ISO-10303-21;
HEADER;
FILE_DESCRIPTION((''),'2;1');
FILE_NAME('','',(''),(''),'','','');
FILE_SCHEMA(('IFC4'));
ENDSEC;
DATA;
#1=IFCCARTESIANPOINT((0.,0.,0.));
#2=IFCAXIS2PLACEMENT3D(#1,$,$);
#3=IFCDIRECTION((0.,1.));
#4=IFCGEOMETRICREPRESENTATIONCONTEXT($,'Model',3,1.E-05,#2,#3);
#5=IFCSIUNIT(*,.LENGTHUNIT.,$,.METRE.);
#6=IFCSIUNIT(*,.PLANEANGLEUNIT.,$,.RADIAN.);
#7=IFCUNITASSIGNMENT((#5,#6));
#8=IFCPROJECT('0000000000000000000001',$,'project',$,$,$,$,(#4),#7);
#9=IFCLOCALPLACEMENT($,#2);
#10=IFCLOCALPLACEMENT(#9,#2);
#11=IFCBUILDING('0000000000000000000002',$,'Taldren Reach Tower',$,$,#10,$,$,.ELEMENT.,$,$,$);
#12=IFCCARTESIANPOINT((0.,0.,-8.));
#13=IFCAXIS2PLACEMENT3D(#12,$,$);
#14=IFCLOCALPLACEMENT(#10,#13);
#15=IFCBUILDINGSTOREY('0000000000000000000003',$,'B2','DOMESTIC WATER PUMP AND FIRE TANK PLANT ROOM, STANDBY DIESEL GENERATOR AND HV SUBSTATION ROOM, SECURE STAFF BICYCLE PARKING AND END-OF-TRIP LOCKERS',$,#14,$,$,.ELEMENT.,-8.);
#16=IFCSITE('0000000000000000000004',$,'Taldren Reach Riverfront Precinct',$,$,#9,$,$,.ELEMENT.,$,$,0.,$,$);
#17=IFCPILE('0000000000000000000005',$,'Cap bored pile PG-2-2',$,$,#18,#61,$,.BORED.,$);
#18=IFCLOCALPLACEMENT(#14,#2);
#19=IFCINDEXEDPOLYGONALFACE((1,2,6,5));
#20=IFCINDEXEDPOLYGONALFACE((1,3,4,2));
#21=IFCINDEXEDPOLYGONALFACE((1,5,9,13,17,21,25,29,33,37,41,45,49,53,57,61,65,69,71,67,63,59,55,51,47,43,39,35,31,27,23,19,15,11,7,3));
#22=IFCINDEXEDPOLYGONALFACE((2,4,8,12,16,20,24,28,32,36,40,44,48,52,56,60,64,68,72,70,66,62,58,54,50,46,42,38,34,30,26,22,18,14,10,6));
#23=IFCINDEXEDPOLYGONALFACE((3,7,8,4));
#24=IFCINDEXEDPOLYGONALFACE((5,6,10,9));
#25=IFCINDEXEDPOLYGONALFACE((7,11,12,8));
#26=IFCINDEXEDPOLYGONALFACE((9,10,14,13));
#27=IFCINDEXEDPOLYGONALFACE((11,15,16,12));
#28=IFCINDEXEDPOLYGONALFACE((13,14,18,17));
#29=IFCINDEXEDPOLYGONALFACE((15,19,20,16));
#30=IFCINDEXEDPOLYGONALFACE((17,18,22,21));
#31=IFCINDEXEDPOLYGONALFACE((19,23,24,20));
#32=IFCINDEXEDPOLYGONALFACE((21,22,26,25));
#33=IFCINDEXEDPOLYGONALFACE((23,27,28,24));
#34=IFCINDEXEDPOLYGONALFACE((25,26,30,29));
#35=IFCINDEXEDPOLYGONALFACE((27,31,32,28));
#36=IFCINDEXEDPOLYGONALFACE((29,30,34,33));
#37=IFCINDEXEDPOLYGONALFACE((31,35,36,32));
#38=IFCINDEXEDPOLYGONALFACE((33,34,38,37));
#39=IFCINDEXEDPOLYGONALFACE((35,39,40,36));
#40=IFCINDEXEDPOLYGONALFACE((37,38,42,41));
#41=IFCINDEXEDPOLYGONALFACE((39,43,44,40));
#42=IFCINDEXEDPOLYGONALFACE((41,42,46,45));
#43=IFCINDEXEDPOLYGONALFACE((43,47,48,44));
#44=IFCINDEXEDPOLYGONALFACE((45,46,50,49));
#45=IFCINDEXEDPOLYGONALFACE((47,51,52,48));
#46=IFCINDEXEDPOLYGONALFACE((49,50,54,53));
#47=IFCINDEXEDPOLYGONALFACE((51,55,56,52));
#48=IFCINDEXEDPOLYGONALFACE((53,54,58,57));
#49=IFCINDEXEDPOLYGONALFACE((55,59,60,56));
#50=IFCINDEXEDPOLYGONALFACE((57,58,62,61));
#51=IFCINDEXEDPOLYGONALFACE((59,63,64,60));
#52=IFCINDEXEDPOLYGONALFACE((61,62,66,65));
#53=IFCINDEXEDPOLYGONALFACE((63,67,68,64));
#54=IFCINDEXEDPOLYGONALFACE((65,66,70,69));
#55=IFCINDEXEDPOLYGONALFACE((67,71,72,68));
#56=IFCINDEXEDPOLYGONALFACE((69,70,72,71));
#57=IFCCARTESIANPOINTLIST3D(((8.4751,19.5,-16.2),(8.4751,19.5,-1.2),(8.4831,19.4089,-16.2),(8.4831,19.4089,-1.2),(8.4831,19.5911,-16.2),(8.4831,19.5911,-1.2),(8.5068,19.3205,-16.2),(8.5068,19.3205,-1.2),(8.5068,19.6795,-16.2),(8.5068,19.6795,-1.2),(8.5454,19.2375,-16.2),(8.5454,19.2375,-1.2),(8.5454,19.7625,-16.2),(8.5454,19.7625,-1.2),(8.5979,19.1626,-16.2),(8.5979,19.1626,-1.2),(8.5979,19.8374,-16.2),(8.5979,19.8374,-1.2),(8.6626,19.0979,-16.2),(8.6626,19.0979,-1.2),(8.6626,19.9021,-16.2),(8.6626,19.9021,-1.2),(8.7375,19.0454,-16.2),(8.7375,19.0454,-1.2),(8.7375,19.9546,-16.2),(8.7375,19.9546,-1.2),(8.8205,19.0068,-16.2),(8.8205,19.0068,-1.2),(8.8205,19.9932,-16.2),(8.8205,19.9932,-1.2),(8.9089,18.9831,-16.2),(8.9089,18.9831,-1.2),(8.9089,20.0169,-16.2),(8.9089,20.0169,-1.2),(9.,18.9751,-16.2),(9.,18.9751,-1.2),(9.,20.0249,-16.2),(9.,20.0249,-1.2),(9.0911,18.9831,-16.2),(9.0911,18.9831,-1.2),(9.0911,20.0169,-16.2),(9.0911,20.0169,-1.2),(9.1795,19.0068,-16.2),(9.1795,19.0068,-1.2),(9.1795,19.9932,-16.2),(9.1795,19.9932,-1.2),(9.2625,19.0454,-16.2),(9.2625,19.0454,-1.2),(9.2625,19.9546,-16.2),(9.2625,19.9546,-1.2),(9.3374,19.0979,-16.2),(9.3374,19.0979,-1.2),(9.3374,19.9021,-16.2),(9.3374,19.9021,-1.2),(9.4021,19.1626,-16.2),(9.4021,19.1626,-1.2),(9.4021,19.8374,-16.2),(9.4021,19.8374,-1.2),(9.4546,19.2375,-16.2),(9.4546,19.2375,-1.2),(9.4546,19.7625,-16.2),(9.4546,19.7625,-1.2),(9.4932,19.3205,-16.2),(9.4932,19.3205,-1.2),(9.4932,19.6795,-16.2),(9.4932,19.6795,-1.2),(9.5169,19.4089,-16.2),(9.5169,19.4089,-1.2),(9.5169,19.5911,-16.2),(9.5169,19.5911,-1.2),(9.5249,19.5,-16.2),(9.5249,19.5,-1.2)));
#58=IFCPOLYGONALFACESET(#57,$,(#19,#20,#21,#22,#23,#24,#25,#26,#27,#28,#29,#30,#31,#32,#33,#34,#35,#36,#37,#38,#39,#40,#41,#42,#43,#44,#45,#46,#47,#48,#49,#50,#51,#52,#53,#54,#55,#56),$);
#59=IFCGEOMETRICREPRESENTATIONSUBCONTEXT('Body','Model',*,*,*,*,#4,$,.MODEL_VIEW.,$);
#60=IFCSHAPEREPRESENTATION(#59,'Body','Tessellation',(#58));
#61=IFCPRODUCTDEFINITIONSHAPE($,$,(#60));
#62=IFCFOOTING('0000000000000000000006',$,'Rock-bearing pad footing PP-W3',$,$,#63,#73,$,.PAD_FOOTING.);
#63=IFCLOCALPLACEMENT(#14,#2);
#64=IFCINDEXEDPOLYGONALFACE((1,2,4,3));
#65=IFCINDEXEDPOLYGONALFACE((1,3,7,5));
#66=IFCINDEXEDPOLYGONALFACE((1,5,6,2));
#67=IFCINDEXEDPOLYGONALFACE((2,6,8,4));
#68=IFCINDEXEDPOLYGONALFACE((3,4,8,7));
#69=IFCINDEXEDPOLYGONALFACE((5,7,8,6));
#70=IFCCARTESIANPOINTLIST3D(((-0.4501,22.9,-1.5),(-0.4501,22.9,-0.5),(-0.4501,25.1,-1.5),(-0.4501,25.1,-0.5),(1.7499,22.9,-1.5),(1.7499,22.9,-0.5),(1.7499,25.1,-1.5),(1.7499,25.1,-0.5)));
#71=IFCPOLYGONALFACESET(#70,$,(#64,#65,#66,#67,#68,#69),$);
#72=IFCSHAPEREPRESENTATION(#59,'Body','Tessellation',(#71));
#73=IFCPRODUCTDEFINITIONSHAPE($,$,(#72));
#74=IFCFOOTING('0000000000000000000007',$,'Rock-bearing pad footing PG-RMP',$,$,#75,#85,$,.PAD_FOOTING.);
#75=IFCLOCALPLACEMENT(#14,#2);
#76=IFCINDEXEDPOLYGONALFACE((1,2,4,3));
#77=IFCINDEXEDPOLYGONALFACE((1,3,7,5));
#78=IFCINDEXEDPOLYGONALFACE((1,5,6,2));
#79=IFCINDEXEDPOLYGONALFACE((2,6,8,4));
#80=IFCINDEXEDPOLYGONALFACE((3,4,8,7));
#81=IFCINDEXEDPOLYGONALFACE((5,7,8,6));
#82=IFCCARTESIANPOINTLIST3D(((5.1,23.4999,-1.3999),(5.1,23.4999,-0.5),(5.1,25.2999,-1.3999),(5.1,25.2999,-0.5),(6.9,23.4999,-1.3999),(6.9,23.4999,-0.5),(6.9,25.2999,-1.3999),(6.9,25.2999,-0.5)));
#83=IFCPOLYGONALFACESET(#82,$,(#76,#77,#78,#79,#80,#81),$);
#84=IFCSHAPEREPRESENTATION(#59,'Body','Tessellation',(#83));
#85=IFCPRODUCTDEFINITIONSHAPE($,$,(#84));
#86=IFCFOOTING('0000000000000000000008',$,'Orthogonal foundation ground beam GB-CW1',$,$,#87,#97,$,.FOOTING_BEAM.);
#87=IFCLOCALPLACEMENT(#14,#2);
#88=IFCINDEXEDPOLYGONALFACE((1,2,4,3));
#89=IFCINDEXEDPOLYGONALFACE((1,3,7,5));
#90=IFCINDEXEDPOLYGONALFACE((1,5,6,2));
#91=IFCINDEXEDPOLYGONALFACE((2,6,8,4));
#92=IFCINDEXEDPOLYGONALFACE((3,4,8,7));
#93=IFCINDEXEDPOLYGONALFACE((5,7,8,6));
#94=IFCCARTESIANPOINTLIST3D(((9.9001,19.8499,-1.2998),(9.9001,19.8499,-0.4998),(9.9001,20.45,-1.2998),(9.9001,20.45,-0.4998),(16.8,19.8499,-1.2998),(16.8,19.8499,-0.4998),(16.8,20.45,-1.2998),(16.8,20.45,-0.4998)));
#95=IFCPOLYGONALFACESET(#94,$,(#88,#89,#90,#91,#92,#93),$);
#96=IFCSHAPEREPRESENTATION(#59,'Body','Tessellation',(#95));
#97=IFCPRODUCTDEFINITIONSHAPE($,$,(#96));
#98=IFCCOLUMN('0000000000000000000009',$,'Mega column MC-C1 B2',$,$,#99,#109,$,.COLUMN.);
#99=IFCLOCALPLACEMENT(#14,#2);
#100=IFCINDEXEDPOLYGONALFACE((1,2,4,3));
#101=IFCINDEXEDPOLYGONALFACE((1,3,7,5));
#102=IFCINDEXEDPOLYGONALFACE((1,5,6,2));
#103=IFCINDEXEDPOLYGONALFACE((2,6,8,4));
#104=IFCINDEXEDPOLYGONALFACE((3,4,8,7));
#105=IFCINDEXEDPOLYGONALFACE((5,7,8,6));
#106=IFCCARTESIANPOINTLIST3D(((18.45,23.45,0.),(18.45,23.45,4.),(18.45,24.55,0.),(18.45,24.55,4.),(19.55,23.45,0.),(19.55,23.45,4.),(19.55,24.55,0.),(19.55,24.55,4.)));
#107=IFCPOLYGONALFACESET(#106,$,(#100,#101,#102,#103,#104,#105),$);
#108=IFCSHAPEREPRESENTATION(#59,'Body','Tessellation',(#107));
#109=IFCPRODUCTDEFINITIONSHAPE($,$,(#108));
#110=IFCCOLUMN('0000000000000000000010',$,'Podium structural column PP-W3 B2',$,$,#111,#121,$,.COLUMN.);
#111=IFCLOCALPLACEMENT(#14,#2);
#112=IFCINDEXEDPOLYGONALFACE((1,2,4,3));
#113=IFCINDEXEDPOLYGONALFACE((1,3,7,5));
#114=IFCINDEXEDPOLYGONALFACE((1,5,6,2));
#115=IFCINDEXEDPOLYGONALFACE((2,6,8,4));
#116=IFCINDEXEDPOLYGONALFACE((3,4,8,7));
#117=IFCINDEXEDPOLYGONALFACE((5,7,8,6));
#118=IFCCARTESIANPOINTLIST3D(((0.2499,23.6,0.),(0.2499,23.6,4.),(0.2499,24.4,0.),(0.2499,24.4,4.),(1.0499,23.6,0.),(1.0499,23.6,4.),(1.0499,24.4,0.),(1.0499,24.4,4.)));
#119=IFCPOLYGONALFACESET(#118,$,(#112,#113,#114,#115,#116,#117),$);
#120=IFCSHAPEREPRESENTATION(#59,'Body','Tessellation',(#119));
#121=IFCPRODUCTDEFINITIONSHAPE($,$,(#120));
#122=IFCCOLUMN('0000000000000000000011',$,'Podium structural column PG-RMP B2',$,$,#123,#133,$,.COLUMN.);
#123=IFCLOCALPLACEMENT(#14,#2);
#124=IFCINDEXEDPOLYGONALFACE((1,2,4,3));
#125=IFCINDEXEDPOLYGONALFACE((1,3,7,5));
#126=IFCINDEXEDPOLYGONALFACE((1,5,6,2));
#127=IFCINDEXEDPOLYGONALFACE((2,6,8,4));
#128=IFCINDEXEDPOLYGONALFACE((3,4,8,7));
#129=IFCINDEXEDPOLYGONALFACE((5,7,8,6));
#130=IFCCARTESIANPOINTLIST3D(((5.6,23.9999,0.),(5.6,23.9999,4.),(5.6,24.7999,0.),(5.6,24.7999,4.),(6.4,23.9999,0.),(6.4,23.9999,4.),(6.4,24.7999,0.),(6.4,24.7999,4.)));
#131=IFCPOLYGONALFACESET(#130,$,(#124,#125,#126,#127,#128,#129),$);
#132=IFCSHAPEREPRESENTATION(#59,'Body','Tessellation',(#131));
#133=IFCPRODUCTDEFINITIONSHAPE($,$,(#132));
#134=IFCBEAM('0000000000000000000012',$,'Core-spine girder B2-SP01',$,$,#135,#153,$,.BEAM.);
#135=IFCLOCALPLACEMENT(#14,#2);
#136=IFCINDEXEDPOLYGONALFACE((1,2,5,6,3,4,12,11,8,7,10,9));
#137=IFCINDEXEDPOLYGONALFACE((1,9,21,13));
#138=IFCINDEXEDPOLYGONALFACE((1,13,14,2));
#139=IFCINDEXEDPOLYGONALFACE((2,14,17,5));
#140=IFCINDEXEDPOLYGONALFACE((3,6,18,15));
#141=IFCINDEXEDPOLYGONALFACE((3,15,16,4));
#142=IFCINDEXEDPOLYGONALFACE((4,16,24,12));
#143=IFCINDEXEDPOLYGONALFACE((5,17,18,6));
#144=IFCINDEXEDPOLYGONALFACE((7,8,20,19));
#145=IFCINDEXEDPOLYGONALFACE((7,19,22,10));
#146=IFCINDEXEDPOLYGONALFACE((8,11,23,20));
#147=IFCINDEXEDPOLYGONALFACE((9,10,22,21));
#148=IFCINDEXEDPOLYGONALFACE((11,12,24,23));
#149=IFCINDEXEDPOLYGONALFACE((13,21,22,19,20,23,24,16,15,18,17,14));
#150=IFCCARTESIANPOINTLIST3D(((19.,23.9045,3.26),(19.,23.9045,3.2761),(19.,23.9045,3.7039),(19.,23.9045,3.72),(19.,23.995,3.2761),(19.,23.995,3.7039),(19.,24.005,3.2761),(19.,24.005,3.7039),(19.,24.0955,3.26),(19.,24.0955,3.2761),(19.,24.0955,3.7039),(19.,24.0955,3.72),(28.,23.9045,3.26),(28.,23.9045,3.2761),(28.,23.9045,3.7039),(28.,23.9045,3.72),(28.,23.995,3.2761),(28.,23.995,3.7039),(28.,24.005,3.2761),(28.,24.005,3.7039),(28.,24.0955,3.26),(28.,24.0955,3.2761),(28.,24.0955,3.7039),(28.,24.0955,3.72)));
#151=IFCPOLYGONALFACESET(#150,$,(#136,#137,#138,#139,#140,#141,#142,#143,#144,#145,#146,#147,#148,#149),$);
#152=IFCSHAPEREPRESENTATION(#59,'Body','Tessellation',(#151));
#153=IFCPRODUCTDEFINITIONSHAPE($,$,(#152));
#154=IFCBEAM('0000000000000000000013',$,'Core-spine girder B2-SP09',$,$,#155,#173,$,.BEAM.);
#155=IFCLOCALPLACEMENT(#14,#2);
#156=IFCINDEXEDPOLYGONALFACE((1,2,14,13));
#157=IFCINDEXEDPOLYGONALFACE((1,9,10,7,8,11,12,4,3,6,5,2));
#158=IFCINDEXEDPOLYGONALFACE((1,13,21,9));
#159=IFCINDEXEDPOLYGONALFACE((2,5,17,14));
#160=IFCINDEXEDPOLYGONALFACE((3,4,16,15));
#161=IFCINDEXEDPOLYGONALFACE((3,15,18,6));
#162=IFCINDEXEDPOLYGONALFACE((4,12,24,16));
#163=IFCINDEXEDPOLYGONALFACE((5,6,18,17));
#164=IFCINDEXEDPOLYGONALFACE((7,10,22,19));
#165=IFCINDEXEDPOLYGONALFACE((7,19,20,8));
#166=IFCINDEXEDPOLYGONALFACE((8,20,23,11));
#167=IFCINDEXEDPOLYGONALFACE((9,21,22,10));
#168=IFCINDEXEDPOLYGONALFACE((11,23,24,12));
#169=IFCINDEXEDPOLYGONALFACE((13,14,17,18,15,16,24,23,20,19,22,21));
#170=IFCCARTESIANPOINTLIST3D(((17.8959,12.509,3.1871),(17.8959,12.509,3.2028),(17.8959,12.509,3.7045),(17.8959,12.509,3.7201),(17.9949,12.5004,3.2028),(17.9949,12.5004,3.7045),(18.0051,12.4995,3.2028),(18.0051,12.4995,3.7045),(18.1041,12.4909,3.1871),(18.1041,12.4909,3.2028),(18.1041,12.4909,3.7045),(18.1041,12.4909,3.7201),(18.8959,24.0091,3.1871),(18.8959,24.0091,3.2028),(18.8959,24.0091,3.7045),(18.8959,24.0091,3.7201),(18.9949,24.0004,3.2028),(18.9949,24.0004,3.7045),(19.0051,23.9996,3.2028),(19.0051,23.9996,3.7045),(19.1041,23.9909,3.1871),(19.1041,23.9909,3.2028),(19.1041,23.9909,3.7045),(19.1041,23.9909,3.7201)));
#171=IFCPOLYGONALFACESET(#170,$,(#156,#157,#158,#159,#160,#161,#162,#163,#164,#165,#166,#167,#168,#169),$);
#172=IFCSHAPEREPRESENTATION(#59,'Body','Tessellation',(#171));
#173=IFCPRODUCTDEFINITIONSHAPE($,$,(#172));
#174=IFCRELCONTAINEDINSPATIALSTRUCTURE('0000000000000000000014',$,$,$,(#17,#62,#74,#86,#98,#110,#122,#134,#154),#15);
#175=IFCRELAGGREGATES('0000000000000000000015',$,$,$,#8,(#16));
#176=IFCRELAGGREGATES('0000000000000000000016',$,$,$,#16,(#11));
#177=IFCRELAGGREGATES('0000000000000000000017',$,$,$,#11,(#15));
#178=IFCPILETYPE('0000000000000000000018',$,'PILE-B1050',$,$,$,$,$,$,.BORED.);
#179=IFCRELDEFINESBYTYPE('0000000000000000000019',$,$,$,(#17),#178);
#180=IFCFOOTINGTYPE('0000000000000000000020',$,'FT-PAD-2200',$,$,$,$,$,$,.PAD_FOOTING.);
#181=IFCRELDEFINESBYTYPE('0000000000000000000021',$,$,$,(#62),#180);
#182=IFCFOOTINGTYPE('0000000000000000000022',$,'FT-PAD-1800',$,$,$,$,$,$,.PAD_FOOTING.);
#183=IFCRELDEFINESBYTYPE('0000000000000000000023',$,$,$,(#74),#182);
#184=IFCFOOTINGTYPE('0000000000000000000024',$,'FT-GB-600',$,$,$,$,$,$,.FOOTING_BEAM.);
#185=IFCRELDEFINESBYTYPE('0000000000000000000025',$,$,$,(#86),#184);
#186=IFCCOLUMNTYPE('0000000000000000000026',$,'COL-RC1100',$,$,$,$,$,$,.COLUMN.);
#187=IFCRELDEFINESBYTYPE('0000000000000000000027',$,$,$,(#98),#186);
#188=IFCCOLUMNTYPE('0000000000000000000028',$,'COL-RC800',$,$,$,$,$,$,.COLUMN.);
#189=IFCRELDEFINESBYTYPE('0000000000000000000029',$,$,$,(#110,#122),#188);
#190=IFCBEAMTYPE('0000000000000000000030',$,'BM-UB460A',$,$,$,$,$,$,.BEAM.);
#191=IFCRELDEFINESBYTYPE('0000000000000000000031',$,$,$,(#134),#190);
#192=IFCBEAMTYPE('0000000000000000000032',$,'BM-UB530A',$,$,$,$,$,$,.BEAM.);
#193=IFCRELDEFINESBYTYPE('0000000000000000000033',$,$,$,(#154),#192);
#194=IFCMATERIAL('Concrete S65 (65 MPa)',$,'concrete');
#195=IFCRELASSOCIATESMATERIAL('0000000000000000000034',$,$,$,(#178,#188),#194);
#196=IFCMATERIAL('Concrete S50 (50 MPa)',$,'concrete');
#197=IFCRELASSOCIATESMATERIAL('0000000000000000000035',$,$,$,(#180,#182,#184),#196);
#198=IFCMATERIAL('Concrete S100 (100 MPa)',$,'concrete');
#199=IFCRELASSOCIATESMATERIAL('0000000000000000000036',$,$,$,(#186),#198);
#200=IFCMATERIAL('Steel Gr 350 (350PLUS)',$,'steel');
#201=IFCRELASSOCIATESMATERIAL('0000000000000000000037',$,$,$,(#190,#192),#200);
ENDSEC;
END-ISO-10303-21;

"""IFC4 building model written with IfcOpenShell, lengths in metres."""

from ifc_helpers import new_model, si_unit, direction, frame, origin, origin_2d, place, context, subcontext, project, spatial, rectangle, circle, i_section, extrude, source, transform, mapped, material, material_profile, profile_set, type_object, element, save


model = new_model("IFC4")

# Units and contexts
model_context = context("Model", 3, precision=1e-05, world=origin(), true_north=direction((0.0, 1.0)))
body_context = subcontext(model_context, "Body", "Model", "MODEL_VIEW")
ifc_project = project(units=[si_unit("LENGTHUNIT", "METRE"), si_unit("PLANEANGLEUNIT", "RADIAN")], contexts=[model_context])

# Site, building, storey
site_placement = place(None, origin())
site = spatial("IfcSite", under=ifc_project, at=site_placement, Name="Taldren Reach Riverfront Precinct", CompositionType="ELEMENT", RefElevation=0.0)
building_placement = place(site_placement, origin())
building = spatial("IfcBuilding", under=site, at=building_placement, Name="Taldren Reach Tower", CompositionType="ELEMENT")
storey_placement = place(building_placement, frame((0.0, 0.0, -8.0)))
storey = spatial("IfcBuildingStorey", under=building, at=storey_placement, Name="B2", Description="DOMESTIC WATER PUMP AND FIRE TANK PLANT ROOM, STANDBY DIESEL GENERATOR AND HV SUBSTATION ROOM, SECURE STAFF BICYCLE PARKING AND END-OF-TRIP LOCKERS", CompositionType="ELEMENT", Elevation=-8.0)

# Pile
ifc_material_1 = material(Name="Concrete S65 (65 MPa)", Category="concrete")
ifc_material_profile_1 = material_profile(ifc_material_1, circle(Radius=0.5249, at=origin_2d()), Name="PB-1050")
ifc_profile_set_1 = profile_set([ifc_material_profile_1], Name="Concrete S65 (65 MPa)")
pile_type = type_object("IfcPileType", Name="PILE-B1050", PredefinedType="BORED", material=ifc_profile_set_1)
shared_shape_1 = source(origin(), body_context, "Body", "SweptSolid", [
    extrude(circle(Radius=0.5249, at=origin_2d()), origin(), (0.0, 0.0, 1.0), 15.0),
])
pile_placement = place(storey_placement, frame((9.0, 19.5, -1.2), z_axis=(0.0, 0.0, -1.0), x_axis=(1.0, 0.0, 0.0)))
element("IfcPile", 1, at=pile_placement, inside=storey, type_object=pile_type, Name="Cap bored pile PG-2-2", PredefinedType="BORED", context=body_context, shape_type="MappedRepresentation", body=[
    mapped(shared_shape_1, transform((0.0, 0.0, 0.0), scale=1.0)),
])

# Footings
ifc_material_2 = material(Name="Concrete S50 (50 MPa)", Category="concrete")
footing_type_1 = type_object("IfcFootingType", Name="FT-PAD-2200", PredefinedType="PAD_FOOTING", material=ifc_material_2)
shared_shape_2 = source(origin(), body_context, "Body", "SweptSolid", [
    extrude(rectangle(XDim=2.2, YDim=2.2, at=origin_2d()), origin(), (0.0, 0.0, 1.0), 1.0),
])
footing_1_placement = place(storey_placement, frame((0.6499, 24.0, -1.5), z_axis=(0.0, 0.0, 1.0), x_axis=(1.0, 0.0, 0.0)))
element("IfcFooting", 2, at=footing_1_placement, inside=storey, type_object=footing_type_1, Name="Rock-bearing pad footing PP-W3", PredefinedType="PAD_FOOTING", context=body_context, shape_type="MappedRepresentation", body=[
    mapped(shared_shape_2, transform((0.0, 0.0, 0.0), scale=1.0)),
])
footing_type_2 = type_object("IfcFootingType", Name="FT-PAD-1800", PredefinedType="PAD_FOOTING", material=ifc_material_2)
shared_shape_3 = source(origin(), body_context, "Body", "SweptSolid", [
    extrude(rectangle(XDim=1.8, YDim=1.8, at=origin_2d()), origin(), (0.0, 0.0, 1.0), 0.8999),
])
footing_2_placement = place(storey_placement, frame((6.0, 24.3999, -1.3999), z_axis=(0.0, 0.0, 1.0), x_axis=(1.0, 0.0, 0.0)))
element("IfcFooting", 3, at=footing_2_placement, inside=storey, type_object=footing_type_2, Name="Rock-bearing pad footing PG-RMP", PredefinedType="PAD_FOOTING", context=body_context, shape_type="MappedRepresentation", body=[
    mapped(shared_shape_3, transform((0.0, 0.0, 0.0), scale=1.0)),
])
footing_type_3 = type_object("IfcFootingType", Name="FT-GB-600", PredefinedType="FOOTING_BEAM", material=ifc_material_2)
shared_shape_4 = source(origin(), body_context, "Body", "SweptSolid", [
    extrude(rectangle(XDim=6.8999, YDim=0.6001, at=origin_2d()), origin(), (0.0, 0.0, 1.0), 0.8),
])
footing_3_placement = place(storey_placement, frame((13.3501, 20.1499, -1.2998), z_axis=(0.0, 0.0, 1.0), x_axis=(1.0, 0.0, 0.0)))
element("IfcFooting", 4, at=footing_3_placement, inside=storey, type_object=footing_type_3, Name="Orthogonal foundation ground beam GB-CW1", PredefinedType="FOOTING_BEAM", context=body_context, shape_type="MappedRepresentation", body=[
    mapped(shared_shape_4, transform((0.0, 0.0, 0.0), scale=1.0)),
])

# Columns
ifc_material_3 = material(Name="Concrete S100 (100 MPa)", Category="concrete")
ifc_material_profile_2 = material_profile(ifc_material_3, rectangle(XDim=1.1001, YDim=1.1001, at=origin_2d()), Name="RC-1100x1100")
ifc_profile_set_2 = profile_set([ifc_material_profile_2], Name="Concrete S100 (100 MPa)")
column_type_1 = type_object("IfcColumnType", Name="COL-RC1100", PredefinedType="COLUMN", material=ifc_profile_set_2)
shared_shape_5 = source(origin(), body_context, "Body", "SweptSolid", [
    extrude(rectangle(XDim=1.1001, YDim=1.1001, at=origin_2d()), origin(), (0.0, 0.0, 1.0), 4.0),
])
column_placement = place(storey_placement, frame((19.0, 24.0, 0.0), z_axis=(0.0, 0.0, 1.0), x_axis=(1.0, 0.0, 0.0)))
element("IfcColumn", 5, at=column_placement, inside=storey, type_object=column_type_1, Name="Mega column MC-C1 B2", PredefinedType="COLUMN", context=body_context, shape_type="MappedRepresentation", body=[
    mapped(shared_shape_5, transform((0.0, 0.0, 0.0), scale=1.0)),
])
ifc_material_profile_3 = material_profile(ifc_material_1, rectangle(XDim=0.8, YDim=0.8, at=origin_2d()), Name="RC-800x800")
ifc_profile_set_3 = profile_set([ifc_material_profile_3], Name="Concrete S65 (65 MPa)")
column_type_2 = type_object("IfcColumnType", Name="COL-RC800", PredefinedType="COLUMN", material=ifc_profile_set_3)
shared_shape_6 = source(origin(), body_context, "Body", "SweptSolid", [
    extrude(rectangle(XDim=0.8, YDim=0.8, at=origin_2d()), origin(), (0.0, 0.0, 1.0), 4.0),
])
for number, where, z_axis, x_axis, name in (
    (6, (0.6499, 24.0, 0.0), (0.0, 0.0, 1.0), (1.0, 0.0, 0.0), "Podium structural column PP-W3 B2"),
    (7, (6.0, 24.3999, 0.0), (0.0, 0.0, 1.0), (1.0, 0.0, 0.0), "Podium structural column PG-RMP B2"),
):
    element("IfcColumn", number, at=place(storey_placement, frame(where, z_axis=z_axis, x_axis=x_axis)), inside=storey, type_object=column_type_2, Name=name, PredefinedType="COLUMN", context=body_context, shape_type="MappedRepresentation", body=[
        mapped(shared_shape_6, transform((0.0, 0.0, 0.0), scale=1.0)),
    ])

# Beams
ifc_material_4 = material(Name="Steel Gr 350 (350PLUS)", Category="steel")
ifc_material_profile_4 = material_profile(ifc_material_4, i_section(OverallWidth=0.1909, OverallDepth=0.46, WebThickness=0.01, FlangeThickness=0.0161, at=origin_2d()), Name="460UB82.1")
ifc_profile_set_4 = profile_set([ifc_material_profile_4], Name="Steel Gr 350 (350PLUS)")
beam_type_1 = type_object("IfcBeamType", Name="BM-UB460A", PredefinedType="BEAM", material=ifc_profile_set_4)
shared_shape_7 = source(origin(), body_context, "Body", "SweptSolid", [
    extrude(i_section(OverallWidth=0.1909, OverallDepth=0.46, WebThickness=0.01, FlangeThickness=0.0161, at=origin_2d()), origin(), (0.0, 0.0, 1.0), 9.0),
])
beam_1_placement = place(storey_placement, frame((19.0, 24.0, 3.49), z_axis=(1.0, 0.0, 0.0), x_axis=(0.0, 1.0, 0.0)))
element("IfcBeam", 8, at=beam_1_placement, inside=storey, type_object=beam_type_1, Name="Core-spine girder B2-SP01", PredefinedType="BEAM", context=body_context, shape_type="MappedRepresentation", body=[
    mapped(shared_shape_7, transform((0.0, 0.0, 0.0), scale=1.0)),
])
ifc_material_profile_5 = material_profile(ifc_material_4, i_section(OverallWidth=0.209, OverallDepth=0.533, WebThickness=0.0103, FlangeThickness=0.0156, at=origin_2d()), Name="530UB92.4")
ifc_profile_set_5 = profile_set([ifc_material_profile_5], Name="Steel Gr 350 (350PLUS)")
beam_type_2 = type_object("IfcBeamType", Name="BM-UB530A", PredefinedType="BEAM", material=ifc_profile_set_5)
shared_shape_8 = source(origin(), body_context, "Body", "SweptSolid", [
    extrude(i_section(OverallWidth=0.209, OverallDepth=0.533, WebThickness=0.0103, FlangeThickness=0.0156, at=origin_2d()), origin(), (0.0, 0.0, 1.0), 11.5435),
])
beam_2_placement = place(storey_placement, frame((19.0, 24.0, 3.4536), z_axis=(-0.08663, -0.996241, 0.0), x_axis=(0.996241, -0.08663, 0.0)))
element("IfcBeam", 9, at=beam_2_placement, inside=storey, type_object=beam_type_2, Name="Core-spine girder B2-SP09", PredefinedType="BEAM", context=body_context, shape_type="MappedRepresentation", body=[
    mapped(shared_shape_8, transform((0.0, 0.0, 0.0), scale=1.0)),
])

save(model, "model.ifc")
